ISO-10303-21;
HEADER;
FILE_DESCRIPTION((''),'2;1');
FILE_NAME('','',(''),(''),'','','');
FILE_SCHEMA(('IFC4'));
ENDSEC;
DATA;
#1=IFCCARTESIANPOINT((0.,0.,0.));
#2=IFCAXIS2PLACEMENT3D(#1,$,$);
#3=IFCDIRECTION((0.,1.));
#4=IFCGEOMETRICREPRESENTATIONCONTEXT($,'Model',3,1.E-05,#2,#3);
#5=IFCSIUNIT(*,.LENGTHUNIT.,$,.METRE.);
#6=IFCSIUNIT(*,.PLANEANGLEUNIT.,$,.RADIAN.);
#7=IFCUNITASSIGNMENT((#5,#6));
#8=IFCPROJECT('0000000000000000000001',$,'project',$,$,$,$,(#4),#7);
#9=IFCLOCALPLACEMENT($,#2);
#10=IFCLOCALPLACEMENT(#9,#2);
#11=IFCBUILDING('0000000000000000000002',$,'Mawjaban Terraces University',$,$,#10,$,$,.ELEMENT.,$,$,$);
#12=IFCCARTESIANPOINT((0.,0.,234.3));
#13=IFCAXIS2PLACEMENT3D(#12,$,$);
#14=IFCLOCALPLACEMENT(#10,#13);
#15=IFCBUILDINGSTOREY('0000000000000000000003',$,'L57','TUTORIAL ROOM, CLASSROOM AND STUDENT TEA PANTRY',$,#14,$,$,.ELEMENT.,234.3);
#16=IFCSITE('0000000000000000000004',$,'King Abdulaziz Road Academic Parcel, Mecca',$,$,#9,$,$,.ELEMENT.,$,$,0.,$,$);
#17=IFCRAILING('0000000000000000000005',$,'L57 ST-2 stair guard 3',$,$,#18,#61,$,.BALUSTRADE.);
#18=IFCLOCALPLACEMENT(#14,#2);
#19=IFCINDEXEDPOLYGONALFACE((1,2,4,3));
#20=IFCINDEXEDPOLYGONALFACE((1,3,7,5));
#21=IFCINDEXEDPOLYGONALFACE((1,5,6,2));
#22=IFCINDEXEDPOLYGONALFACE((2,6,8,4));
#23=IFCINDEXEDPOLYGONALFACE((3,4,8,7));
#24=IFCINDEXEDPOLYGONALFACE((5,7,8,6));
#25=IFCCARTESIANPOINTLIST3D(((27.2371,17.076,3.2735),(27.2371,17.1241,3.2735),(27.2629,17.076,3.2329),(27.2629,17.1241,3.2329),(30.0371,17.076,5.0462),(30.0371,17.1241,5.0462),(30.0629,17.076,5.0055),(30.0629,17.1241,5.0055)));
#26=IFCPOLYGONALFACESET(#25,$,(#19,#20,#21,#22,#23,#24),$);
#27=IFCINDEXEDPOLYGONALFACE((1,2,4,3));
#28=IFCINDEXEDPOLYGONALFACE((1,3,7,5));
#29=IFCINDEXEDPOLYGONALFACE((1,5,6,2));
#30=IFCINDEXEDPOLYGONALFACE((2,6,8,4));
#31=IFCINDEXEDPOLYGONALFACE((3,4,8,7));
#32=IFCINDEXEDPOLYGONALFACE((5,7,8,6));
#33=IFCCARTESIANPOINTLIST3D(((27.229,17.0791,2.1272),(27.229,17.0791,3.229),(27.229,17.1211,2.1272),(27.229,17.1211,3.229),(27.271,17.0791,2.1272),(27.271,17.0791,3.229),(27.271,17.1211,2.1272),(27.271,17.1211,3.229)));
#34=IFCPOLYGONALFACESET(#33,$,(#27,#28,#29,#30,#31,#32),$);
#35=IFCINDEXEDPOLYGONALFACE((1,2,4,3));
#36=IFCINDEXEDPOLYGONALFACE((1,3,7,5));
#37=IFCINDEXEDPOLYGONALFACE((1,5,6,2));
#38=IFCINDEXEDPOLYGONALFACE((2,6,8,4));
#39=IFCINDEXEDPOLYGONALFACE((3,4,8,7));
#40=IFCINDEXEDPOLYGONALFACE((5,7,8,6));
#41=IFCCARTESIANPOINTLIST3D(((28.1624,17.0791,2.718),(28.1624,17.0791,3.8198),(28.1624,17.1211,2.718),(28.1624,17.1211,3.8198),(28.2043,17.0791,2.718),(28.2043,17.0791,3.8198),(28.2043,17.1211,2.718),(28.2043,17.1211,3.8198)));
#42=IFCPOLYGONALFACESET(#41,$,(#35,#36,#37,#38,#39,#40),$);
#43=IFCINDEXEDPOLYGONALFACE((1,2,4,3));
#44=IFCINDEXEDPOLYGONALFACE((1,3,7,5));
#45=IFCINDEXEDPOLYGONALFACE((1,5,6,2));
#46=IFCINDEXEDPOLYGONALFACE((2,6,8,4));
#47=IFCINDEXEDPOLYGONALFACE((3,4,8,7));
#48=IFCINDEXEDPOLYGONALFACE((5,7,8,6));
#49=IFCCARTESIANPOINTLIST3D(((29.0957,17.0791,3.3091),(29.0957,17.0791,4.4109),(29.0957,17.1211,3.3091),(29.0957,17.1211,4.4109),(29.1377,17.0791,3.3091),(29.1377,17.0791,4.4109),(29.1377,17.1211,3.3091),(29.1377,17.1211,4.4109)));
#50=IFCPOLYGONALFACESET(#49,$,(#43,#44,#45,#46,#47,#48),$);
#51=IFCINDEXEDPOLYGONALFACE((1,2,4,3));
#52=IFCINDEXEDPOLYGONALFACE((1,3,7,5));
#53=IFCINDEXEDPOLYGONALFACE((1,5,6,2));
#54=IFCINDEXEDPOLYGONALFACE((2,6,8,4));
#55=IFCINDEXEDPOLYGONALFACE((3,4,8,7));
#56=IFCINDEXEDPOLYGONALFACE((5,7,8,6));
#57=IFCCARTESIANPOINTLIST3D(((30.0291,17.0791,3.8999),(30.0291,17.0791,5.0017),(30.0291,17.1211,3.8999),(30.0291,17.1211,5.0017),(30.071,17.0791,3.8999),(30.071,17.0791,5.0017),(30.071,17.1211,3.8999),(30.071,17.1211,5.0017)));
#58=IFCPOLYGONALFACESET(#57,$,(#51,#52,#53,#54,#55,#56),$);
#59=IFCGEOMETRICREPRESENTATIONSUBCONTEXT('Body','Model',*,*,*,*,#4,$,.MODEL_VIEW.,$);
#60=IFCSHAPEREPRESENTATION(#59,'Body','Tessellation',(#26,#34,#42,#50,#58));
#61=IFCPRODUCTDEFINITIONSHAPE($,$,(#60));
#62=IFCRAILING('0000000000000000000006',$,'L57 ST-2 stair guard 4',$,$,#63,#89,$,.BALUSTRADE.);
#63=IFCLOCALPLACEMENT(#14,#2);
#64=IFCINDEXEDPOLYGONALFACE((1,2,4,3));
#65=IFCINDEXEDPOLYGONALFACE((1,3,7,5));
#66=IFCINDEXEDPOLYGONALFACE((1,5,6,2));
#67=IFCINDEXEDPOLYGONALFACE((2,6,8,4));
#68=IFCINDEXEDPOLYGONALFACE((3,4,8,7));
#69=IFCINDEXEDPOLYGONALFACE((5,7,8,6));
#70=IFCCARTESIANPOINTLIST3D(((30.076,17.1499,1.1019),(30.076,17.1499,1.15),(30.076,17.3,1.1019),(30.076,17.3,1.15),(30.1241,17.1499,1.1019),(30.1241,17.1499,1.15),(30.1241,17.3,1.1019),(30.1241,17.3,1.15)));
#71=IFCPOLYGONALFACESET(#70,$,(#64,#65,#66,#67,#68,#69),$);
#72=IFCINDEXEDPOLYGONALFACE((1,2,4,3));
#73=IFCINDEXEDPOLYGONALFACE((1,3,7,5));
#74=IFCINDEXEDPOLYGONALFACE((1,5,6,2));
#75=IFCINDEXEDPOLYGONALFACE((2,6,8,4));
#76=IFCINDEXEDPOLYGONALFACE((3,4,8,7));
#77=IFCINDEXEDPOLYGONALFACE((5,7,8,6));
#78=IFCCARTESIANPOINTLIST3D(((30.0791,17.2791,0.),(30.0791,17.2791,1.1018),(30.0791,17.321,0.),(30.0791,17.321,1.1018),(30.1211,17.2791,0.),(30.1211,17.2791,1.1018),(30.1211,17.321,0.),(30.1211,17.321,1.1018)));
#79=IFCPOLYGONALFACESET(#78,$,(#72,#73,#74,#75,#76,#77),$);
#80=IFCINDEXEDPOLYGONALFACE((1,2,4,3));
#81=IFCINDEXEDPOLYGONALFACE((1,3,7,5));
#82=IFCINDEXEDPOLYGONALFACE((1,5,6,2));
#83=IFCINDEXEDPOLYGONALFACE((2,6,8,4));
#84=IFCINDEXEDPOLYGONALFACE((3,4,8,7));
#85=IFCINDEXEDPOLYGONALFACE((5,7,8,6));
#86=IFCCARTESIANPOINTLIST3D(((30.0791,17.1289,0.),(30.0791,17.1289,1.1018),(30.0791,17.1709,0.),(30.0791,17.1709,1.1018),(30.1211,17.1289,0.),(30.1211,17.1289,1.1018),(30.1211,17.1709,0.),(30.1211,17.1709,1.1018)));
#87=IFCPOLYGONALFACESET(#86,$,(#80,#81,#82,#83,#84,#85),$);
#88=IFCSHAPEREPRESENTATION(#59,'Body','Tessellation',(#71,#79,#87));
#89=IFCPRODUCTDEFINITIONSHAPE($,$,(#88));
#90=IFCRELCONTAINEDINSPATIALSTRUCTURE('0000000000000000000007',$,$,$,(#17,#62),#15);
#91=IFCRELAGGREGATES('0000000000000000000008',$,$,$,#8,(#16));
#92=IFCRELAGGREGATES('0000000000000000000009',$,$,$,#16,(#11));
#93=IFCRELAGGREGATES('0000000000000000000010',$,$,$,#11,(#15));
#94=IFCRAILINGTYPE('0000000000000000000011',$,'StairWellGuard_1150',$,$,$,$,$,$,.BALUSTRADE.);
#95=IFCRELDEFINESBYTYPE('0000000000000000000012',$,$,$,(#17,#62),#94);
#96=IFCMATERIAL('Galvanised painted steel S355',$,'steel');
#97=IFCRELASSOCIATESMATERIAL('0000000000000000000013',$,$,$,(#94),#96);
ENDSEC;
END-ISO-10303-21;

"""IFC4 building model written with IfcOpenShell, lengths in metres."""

from ifc_helpers import new_model, si_unit, direction, frame, origin, origin_2d, place, context, subcontext, project, spatial, rectangle, extrude, material, type_object, element, save


model = new_model("IFC4")

# Units and contexts
model_context = context("Model", 3, precision=1e-05, world=origin(), true_north=direction((0.0, 1.0)))
body_context = subcontext(model_context, "Body", "Model", "MODEL_VIEW")
ifc_project = project(units=[si_unit("LENGTHUNIT", "METRE"), si_unit("PLANEANGLEUNIT", "RADIAN")], contexts=[model_context])

# Site, building, storey
site_placement = place(None, origin())
site = spatial("IfcSite", under=ifc_project, at=site_placement, Name="King Abdulaziz Road Academic Parcel, Mecca", CompositionType="ELEMENT", RefElevation=0.0)
building_placement = place(site_placement, origin())
building = spatial("IfcBuilding", under=site, at=building_placement, Name="Mawjaban Terraces University", CompositionType="ELEMENT")
storey_placement = place(building_placement, frame((0.0, 0.0, 234.3)))
storey = spatial("IfcBuildingStorey", under=building, at=storey_placement, Name="L57", Description="TUTORIAL ROOM, CLASSROOM AND STUDENT TEA PANTRY", CompositionType="ELEMENT", Elevation=234.3)

# Railings
ifc_material_1 = material(Name="Galvanised painted steel S355", Category="steel")
railing_type_1 = type_object("IfcRailingType", Name="StairWellGuard_1150", PredefinedType="BALUSTRADE", material=ifc_material_1)
railing_1_placement = place(storey_placement, frame((27.25, 17.1001, 2.1272)))
element("IfcRailing", 1, at=railing_1_placement, inside=storey, type_object=railing_type_1, Name="L57 ST-2 stair guard 3", PredefinedType="BALUSTRADE", context=body_context, shape_type="SweptSolid", body=[
    extrude(rectangle(XDim=0.0481, YDim=0.0481, at=origin_2d()), frame((0.0, 0.0, 1.126), z_axis=(0.844909, 0.0, 0.53491), x_axis=(0.0, 1.0, 0.0)), (0.0, 0.0, 1.0), 3.314),
    extrude(rectangle(XDim=0.042, YDim=0.042, at=origin_2d()), origin(), (0.0, 0.0, 1.0), 1.1018),
    extrude(rectangle(XDim=0.042, YDim=0.042, at=origin_2d()), frame((0.9333, 0.0, 0.5908)), (0.0, 0.0, 1.0), 1.1018),
    extrude(rectangle(XDim=0.042, YDim=0.042, at=origin_2d()), frame((1.8667, 0.0, 1.1819)), (0.0, 0.0, 1.0), 1.1018),
    extrude(rectangle(XDim=0.042, YDim=0.042, at=origin_2d()), frame((2.8, 0.0, 1.7727)), (0.0, 0.0, 1.0), 1.1018),
])
railing_2_placement = place(storey_placement, frame((30.1001, 17.3, 0.0)))
element("IfcRailing", 2, at=railing_2_placement, inside=storey, type_object=railing_type_1, Name="L57 ST-2 stair guard 4", PredefinedType="BALUSTRADE", context=body_context, shape_type="SweptSolid", body=[
    extrude(rectangle(XDim=0.0481, YDim=0.0481, at=origin_2d()), frame((0.0, 0.0, 1.126), z_axis=(0.0, -1.0, 0.0), x_axis=(1.0, 0.0, 0.0)), (0.0, 0.0, 1.0), 0.1501),
    extrude(rectangle(XDim=0.042, YDim=0.042, at=origin_2d()), origin(), (0.0, 0.0, 1.0), 1.1018),
    extrude(rectangle(XDim=0.042, YDim=0.042, at=origin_2d()), frame((0.0, -0.1501, 0.0)), (0.0, 0.0, 1.0), 1.1018),
])

save(model, "model.ifc")
